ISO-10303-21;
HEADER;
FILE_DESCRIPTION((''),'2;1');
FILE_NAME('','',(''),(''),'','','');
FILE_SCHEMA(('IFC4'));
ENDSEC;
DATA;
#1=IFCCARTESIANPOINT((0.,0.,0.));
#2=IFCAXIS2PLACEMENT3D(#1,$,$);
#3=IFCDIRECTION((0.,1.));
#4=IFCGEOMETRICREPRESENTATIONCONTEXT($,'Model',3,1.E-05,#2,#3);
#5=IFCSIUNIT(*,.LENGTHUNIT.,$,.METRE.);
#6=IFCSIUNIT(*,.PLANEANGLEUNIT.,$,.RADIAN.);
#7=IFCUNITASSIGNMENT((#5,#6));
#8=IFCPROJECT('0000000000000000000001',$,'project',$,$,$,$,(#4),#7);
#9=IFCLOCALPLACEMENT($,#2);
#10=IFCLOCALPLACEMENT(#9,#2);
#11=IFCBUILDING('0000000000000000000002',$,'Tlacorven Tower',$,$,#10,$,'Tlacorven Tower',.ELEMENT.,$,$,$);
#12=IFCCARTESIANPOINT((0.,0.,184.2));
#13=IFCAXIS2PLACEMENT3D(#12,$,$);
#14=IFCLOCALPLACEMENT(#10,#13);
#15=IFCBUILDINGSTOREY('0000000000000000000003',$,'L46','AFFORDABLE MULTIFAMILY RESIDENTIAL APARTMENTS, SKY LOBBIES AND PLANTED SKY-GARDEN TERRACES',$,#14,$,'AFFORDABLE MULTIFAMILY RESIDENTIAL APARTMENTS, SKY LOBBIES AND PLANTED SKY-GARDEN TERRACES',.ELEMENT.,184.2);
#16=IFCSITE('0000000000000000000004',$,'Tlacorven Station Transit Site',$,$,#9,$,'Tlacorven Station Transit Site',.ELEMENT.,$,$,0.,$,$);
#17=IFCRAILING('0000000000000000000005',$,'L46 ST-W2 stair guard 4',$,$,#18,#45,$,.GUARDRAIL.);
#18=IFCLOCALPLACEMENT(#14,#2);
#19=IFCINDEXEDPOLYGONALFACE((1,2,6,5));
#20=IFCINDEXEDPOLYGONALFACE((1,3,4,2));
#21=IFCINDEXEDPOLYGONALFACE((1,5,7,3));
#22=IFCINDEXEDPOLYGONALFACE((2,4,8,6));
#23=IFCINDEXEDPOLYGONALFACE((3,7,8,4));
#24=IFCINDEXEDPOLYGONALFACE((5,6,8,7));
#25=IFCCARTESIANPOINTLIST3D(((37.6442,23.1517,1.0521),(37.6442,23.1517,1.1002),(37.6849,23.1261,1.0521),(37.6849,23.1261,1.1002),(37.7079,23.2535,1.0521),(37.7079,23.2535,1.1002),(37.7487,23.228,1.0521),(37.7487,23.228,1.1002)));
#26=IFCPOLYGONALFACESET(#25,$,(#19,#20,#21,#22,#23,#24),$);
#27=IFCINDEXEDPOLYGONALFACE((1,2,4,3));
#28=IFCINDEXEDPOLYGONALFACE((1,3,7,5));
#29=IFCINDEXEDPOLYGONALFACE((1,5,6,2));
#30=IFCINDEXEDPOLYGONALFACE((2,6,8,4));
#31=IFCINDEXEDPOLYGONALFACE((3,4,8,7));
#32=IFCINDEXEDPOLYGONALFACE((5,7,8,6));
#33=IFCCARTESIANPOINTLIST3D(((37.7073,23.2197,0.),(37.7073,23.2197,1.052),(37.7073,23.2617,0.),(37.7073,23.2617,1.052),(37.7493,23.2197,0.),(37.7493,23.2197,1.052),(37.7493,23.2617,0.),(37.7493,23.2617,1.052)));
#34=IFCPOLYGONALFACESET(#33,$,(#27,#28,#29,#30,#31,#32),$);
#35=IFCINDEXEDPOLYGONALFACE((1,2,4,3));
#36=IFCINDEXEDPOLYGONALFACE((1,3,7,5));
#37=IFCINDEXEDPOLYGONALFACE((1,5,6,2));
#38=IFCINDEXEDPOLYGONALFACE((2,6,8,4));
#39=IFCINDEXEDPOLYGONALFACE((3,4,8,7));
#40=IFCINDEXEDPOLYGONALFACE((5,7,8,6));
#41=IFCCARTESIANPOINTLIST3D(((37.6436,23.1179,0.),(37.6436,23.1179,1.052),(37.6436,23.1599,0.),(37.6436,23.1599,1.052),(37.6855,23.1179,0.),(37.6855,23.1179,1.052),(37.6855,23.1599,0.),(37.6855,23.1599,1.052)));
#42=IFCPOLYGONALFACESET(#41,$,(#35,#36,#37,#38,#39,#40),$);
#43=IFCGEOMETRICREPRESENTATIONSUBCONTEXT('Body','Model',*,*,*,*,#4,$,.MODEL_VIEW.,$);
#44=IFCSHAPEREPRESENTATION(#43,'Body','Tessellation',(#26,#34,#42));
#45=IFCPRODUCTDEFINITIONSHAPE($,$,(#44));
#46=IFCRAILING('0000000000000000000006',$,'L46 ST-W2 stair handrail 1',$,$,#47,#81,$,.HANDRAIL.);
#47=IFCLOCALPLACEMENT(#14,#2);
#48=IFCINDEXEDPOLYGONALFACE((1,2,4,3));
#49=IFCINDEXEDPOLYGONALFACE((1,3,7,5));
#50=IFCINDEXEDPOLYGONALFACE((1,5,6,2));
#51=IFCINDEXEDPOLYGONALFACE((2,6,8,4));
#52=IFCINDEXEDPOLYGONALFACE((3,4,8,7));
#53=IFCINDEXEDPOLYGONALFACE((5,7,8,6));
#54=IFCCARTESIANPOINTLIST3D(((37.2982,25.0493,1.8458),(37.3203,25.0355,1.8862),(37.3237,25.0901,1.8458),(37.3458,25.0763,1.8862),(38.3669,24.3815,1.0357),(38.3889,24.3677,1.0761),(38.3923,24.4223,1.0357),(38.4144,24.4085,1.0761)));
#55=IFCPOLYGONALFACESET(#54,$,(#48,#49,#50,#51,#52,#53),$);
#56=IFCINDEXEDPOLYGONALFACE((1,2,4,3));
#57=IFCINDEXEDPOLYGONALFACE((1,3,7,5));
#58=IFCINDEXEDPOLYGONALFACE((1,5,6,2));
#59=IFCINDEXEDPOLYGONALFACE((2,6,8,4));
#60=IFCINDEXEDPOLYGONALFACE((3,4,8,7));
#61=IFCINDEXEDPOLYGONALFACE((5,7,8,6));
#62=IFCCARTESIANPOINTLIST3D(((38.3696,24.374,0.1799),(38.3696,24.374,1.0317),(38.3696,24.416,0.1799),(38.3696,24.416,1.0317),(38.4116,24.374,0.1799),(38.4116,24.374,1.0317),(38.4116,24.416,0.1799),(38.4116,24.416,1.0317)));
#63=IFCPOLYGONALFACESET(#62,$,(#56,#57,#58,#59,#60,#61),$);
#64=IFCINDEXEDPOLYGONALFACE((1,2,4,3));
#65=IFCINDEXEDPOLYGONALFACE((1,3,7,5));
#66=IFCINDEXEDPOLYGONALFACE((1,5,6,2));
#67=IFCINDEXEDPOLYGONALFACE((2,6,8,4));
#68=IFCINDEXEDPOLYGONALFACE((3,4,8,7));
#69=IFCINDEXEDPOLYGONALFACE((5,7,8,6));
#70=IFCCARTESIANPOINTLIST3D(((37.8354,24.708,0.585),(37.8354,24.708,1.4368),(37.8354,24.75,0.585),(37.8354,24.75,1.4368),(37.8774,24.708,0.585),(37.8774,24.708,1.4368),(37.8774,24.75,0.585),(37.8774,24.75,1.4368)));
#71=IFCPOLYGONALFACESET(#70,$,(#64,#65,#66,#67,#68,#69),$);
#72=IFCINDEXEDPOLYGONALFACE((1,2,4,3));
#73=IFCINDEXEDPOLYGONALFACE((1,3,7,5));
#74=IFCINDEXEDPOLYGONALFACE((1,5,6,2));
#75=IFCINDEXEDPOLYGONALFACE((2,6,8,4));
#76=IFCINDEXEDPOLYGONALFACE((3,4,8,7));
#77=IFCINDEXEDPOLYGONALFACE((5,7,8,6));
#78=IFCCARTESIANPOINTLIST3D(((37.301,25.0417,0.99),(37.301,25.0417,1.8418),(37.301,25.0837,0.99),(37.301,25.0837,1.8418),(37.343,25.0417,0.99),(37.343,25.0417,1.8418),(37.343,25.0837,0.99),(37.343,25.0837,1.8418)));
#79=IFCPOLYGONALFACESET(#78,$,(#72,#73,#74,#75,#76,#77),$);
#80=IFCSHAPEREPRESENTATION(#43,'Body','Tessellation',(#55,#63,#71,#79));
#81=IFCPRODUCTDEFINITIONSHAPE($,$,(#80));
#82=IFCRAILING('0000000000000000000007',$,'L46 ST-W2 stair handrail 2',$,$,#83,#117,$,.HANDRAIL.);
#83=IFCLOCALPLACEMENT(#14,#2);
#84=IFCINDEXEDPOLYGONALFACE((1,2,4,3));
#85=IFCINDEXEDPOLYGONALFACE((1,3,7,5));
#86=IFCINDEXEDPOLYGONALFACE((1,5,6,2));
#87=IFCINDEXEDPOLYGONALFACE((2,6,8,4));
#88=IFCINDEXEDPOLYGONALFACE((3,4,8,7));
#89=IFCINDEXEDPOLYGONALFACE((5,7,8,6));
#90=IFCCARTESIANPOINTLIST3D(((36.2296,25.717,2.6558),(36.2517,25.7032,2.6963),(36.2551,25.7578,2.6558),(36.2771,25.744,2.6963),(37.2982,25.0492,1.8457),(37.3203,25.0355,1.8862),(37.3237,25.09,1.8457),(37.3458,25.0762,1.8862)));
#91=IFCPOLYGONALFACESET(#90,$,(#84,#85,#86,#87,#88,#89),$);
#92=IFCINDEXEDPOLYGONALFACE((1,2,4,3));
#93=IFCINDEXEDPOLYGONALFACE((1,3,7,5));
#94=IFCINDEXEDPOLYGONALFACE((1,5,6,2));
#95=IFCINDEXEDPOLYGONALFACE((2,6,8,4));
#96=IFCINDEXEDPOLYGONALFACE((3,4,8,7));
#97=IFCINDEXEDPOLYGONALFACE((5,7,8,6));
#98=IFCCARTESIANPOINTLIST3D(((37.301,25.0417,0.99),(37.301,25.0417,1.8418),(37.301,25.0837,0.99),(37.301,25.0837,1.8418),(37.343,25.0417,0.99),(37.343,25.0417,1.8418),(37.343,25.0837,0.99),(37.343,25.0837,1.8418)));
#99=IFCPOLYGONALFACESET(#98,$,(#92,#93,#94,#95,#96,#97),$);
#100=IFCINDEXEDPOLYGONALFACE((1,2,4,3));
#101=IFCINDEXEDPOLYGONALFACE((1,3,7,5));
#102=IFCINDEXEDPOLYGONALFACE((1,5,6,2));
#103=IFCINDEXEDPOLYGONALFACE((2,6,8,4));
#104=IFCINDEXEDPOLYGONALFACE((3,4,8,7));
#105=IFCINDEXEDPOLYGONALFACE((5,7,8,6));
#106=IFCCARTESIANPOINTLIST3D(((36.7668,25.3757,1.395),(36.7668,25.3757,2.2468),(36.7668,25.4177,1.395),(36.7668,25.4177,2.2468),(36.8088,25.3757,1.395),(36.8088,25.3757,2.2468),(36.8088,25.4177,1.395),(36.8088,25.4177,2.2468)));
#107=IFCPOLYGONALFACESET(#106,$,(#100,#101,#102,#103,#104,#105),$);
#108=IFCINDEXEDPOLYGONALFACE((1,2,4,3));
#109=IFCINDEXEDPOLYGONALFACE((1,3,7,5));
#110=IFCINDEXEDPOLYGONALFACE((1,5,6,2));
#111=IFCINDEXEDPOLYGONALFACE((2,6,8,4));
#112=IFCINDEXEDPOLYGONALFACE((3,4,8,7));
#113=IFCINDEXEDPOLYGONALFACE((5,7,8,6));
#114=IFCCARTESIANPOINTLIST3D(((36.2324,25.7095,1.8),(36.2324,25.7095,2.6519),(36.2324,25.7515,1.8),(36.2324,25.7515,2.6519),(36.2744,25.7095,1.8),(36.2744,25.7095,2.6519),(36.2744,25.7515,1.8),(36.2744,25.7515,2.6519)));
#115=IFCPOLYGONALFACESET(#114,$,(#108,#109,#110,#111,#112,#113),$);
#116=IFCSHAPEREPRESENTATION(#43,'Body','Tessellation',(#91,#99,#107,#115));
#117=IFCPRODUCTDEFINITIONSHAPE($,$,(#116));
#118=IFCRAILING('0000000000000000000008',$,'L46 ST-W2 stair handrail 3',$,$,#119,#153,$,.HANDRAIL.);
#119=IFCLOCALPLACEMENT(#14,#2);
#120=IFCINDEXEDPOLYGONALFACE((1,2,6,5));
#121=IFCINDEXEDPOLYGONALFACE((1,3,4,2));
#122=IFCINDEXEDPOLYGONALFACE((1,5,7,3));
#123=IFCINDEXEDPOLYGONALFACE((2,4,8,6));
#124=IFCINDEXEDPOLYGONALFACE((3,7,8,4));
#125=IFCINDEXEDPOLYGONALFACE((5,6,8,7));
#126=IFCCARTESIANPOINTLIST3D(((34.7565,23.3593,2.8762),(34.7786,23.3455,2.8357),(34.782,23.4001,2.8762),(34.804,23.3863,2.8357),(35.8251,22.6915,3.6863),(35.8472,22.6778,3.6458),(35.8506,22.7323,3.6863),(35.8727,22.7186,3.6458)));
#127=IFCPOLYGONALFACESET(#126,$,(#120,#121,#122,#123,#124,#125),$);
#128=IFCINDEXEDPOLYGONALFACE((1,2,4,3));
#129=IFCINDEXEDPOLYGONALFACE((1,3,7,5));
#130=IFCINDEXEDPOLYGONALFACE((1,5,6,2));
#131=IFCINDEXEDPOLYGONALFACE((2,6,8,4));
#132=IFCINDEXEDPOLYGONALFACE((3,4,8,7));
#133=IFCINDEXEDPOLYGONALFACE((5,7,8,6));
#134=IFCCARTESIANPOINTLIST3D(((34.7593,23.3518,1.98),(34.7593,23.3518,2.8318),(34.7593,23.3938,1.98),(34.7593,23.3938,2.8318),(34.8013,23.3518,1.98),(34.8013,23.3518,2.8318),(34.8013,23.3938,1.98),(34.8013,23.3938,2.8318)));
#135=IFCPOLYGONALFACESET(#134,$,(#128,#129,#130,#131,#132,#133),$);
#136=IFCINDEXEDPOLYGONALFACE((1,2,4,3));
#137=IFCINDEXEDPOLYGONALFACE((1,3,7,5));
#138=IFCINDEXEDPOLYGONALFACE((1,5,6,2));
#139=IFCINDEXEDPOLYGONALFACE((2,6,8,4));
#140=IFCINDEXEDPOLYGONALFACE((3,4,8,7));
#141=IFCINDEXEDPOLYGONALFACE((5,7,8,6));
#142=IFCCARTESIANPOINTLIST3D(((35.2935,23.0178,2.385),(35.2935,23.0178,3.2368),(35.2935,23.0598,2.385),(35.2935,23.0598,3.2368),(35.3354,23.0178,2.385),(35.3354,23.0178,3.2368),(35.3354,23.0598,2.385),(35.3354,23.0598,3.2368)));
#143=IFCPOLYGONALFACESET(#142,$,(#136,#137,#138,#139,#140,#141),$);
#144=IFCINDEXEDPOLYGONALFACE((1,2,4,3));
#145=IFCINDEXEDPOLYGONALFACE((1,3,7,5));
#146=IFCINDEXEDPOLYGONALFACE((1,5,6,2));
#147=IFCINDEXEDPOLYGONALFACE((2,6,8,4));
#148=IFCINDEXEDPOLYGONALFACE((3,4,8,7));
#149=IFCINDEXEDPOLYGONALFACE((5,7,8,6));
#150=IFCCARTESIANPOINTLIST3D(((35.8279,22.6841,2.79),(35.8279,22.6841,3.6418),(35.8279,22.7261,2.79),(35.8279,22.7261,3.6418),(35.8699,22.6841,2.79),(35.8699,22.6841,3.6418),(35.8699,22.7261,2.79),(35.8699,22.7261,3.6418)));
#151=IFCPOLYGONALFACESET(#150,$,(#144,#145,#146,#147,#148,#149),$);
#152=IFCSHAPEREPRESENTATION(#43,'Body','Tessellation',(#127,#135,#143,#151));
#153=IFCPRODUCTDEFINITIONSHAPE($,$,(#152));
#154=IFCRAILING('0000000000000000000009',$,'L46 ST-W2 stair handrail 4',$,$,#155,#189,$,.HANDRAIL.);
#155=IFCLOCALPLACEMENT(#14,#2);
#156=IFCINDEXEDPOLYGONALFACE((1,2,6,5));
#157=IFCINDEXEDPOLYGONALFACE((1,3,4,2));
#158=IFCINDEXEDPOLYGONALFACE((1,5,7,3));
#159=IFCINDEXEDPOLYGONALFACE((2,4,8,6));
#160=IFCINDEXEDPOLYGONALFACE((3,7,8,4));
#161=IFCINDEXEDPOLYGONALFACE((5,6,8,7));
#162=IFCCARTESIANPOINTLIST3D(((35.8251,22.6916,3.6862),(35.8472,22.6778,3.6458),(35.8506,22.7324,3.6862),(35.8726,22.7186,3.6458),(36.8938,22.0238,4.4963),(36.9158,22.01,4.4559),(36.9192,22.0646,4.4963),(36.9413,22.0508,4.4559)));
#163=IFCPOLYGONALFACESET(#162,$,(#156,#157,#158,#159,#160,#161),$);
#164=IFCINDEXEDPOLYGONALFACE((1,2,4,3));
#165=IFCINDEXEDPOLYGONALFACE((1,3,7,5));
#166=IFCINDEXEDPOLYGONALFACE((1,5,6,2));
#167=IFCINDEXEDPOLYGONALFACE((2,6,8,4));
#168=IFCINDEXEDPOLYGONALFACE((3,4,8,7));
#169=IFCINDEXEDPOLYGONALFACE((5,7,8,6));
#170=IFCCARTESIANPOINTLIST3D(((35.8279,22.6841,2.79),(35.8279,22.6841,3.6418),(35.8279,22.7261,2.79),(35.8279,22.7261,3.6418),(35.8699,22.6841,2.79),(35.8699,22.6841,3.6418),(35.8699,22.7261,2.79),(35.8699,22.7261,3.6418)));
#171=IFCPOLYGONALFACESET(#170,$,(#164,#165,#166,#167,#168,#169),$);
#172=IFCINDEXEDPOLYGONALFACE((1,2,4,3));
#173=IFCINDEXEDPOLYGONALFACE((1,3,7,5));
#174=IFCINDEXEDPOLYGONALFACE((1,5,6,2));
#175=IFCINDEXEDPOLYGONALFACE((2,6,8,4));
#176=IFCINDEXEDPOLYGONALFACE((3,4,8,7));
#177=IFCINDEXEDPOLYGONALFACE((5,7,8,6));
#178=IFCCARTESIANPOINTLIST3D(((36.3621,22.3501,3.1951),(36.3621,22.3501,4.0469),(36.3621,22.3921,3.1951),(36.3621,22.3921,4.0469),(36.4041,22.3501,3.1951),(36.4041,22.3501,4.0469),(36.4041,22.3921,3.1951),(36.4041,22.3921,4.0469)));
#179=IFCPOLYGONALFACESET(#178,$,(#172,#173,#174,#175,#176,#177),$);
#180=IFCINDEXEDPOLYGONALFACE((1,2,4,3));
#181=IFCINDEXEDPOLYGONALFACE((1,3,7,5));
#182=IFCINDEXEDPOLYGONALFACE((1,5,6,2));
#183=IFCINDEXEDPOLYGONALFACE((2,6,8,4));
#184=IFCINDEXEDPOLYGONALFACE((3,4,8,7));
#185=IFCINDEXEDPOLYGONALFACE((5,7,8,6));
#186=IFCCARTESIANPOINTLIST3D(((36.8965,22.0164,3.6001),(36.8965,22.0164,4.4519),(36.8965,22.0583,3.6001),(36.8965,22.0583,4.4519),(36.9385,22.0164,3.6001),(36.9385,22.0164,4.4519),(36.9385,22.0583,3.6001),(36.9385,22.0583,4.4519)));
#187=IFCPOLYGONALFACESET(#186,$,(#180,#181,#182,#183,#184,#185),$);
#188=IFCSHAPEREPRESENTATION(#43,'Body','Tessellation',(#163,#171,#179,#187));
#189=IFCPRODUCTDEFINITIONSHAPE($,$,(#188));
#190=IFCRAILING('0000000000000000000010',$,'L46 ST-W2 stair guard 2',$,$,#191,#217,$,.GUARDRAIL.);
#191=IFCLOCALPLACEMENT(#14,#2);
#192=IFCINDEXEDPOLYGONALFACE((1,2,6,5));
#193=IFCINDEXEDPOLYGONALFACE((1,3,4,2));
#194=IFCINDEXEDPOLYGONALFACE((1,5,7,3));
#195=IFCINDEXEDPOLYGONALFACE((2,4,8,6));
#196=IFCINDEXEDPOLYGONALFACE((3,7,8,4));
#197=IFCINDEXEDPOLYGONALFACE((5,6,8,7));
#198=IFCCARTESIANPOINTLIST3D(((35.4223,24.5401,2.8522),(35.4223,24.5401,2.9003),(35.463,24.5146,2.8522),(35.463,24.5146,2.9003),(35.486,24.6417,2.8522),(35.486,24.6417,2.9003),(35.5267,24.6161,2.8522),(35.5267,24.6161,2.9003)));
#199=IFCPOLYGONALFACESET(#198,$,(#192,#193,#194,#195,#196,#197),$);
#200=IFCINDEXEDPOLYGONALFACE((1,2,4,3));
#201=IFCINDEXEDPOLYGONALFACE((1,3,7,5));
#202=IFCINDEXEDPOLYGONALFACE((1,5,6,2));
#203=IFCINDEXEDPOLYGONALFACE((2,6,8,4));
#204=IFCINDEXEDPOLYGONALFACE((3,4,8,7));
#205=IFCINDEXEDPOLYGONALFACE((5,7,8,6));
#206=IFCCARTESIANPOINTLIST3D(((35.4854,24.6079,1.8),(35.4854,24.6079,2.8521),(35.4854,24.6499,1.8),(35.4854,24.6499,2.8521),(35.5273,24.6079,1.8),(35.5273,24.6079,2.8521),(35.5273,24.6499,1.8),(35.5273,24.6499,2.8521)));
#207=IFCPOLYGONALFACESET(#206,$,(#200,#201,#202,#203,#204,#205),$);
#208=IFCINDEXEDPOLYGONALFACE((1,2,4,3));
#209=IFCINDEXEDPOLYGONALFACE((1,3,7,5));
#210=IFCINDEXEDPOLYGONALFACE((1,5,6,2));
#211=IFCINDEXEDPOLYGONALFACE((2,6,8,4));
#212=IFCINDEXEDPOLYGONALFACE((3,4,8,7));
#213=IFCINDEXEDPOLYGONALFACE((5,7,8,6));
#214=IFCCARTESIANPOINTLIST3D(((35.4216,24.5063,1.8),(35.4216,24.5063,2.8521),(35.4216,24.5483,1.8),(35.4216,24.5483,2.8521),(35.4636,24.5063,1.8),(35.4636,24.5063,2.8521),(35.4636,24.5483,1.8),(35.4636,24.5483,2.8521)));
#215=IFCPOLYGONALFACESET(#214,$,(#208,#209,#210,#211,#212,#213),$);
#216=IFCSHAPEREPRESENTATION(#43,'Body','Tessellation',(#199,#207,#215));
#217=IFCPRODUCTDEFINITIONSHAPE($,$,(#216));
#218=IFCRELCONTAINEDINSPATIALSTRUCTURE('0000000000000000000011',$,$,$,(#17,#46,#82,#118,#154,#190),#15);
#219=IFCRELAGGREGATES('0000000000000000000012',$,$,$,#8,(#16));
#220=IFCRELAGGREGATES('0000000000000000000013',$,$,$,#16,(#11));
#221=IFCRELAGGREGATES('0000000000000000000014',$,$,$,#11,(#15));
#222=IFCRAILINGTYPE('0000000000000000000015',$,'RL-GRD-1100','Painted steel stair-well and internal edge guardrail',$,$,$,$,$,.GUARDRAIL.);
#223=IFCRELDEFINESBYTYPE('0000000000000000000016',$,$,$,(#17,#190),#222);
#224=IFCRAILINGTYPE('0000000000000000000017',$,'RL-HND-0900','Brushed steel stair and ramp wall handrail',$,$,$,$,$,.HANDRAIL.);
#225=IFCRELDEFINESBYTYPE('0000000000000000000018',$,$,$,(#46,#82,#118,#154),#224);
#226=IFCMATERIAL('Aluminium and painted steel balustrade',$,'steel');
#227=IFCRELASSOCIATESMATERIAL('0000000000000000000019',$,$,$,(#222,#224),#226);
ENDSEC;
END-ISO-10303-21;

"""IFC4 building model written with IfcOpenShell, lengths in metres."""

from ifc_helpers import new_model, si_unit, direction, frame, origin, origin_2d, place, context, subcontext, project, spatial, rectangle, extrude, source, transform, mapped, material, type_object, element, save


model = new_model("IFC4")

# Units and contexts
model_context = context("Model", 3, precision=1e-05, world=origin(), true_north=direction((0.0, 1.0)))
body_context = subcontext(model_context, "Body", "Model", "MODEL_VIEW")
ifc_project = project(units=[si_unit("LENGTHUNIT", "METRE"), si_unit("PLANEANGLEUNIT", "RADIAN")], contexts=[model_context])

# Site, building, storey
site_placement = place(None, origin())
site = spatial("IfcSite", under=ifc_project, at=site_placement, Name="Tlacorven Station Transit Site", LongName="Tlacorven Station Transit Site", CompositionType="ELEMENT", RefElevation=0.0)
building_placement = place(site_placement, origin())
building = spatial("IfcBuilding", under=site, at=building_placement, Name="Tlacorven Tower", LongName="Tlacorven Tower", CompositionType="ELEMENT")
storey_placement = place(building_placement, frame((0.0, 0.0, 184.2)))
storey = spatial("IfcBuildingStorey", under=building, at=storey_placement, Name="L46", Description="AFFORDABLE MULTIFAMILY RESIDENTIAL APARTMENTS, SKY LOBBIES AND PLANTED SKY-GARDEN TERRACES", LongName="AFFORDABLE MULTIFAMILY RESIDENTIAL APARTMENTS, SKY LOBBIES AND PLANTED SKY-GARDEN TERRACES", CompositionType="ELEMENT", Elevation=184.2)

# Railings
ifc_material_1 = material(Name="Aluminium and painted steel balustrade", Category="steel")
railing_type_1 = type_object("IfcRailingType", Name="RL-GRD-1100", Description="Painted steel stair-well and internal edge guardrail", PredefinedType="GUARDRAIL", material=ifc_material_1)
shared_shape_1 = source(origin(), body_context, "Body", "SweptSolid", [
    extrude(rectangle(XDim=0.0481, YDim=0.0481, at=origin_2d()), frame((0.0, 0.0, 1.0762), z_axis=(-0.530547, -0.847656, 0.0), x_axis=(0.847656, -0.530547, 0.0)), (0.0, 0.0, 1.0), 0.1201),
    extrude(rectangle(XDim=0.042, YDim=0.042, at=origin_2d()), origin(), (0.0, 0.0, 1.0), 1.052),
    extrude(rectangle(XDim=0.042, YDim=0.042, at=origin_2d()), frame((-0.0637, -0.1018, 0.0)), (0.0, 0.0, 1.0), 1.052),
])
railing_1_placement = place(storey_placement, frame((37.7283, 23.2407, 0.0)))
element("IfcRailing", 1, at=railing_1_placement, inside=storey, type_object=railing_type_1, Name="L46 ST-W2 stair guard 4", PredefinedType="GUARDRAIL", context=body_context, shape_type="MappedRepresentation", body=[
    mapped(shared_shape_1, transform((0.0, 0.0, 0.0), scale=1.0)),
])
railing_type_2 = type_object("IfcRailingType", Name="RL-HND-0900", Description="Brushed steel stair and ramp wall handrail", PredefinedType="HANDRAIL", material=ifc_material_1)
shared_shape_2 = source(origin(), body_context, "Body", "SweptSolid", [
    extrude(rectangle(XDim=0.0481, YDim=0.0481, at=origin_2d()), frame((0.0, 0.0, 0.876), z_axis=(-0.71336, 0.445748, 0.540765), x_axis=(-0.529912, -0.848053, 0.0)), (0.0, 0.0, 1.0), 1.498),
    extrude(rectangle(XDim=0.042, YDim=0.042, at=origin_2d()), origin(), (0.0, 0.0, 1.0), 0.8518),
    extrude(rectangle(XDim=0.042, YDim=0.042, at=origin_2d()), frame((-0.5342, 0.334, 0.405)), (0.0, 0.0, 1.0), 0.8518),
    extrude(rectangle(XDim=0.042, YDim=0.042, at=origin_2d()), frame((-1.0686, 0.6677, 0.8101)), (0.0, 0.0, 1.0), 0.8518),
])
for number, where, name in (
    (2, (38.3906, 24.395, 0.1799), "L46 ST-W2 stair handrail 1"),
    (3, (37.322, 25.0627, 0.99), "L46 ST-W2 stair handrail 2"),
):
    element("IfcRailing", number, at=place(storey_placement, frame(where)), inside=storey, type_object=railing_type_2, Name=name, PredefinedType="HANDRAIL", context=body_context, shape_type="MappedRepresentation", body=[
        mapped(shared_shape_2, transform((0.0, 0.0, 0.0), scale=1.0)),
    ])
shared_shape_3 = source(origin(), body_context, "Body", "SweptSolid", [
    extrude(rectangle(XDim=0.0481, YDim=0.0481, at=origin_2d()), frame((0.0, 0.0, 0.876), z_axis=(0.71336, -0.445748, 0.540765), x_axis=(0.529912, 0.848053, 0.0)), (0.0, 0.0, 1.0), 1.498),
    extrude(rectangle(XDim=0.042, YDim=0.042, at=origin_2d()), origin(), (0.0, 0.0, 1.0), 0.8518),
    extrude(rectangle(XDim=0.042, YDim=0.042, at=origin_2d()), frame((0.5342, -0.334, 0.405)), (0.0, 0.0, 1.0), 0.8518),
    extrude(rectangle(XDim=0.042, YDim=0.042, at=origin_2d()), frame((1.0686, -0.6677, 0.8101)), (0.0, 0.0, 1.0), 0.8518),
])
for number, where, name in (
    (4, (34.7803, 23.3728, 1.98), "L46 ST-W2 stair handrail 3"),
    (5, (35.8489, 22.7051, 2.79), "L46 ST-W2 stair handrail 4"),
):
    element("IfcRailing", number, at=place(storey_placement, frame(where)), inside=storey, type_object=railing_type_2, Name=name, PredefinedType="HANDRAIL", context=body_context, shape_type="MappedRepresentation", body=[
        mapped(shared_shape_3, transform((0.0, 0.0, 0.0), scale=1.0)),
    ])
shared_shape_4 = source(origin(), body_context, "Body", "SweptSolid", [
    extrude(rectangle(XDim=0.0481, YDim=0.0481, at=origin_2d()), frame((0.0, 0.0, 1.0762), z_axis=(-0.531462, -0.847082, 0.0), x_axis=(0.847082, -0.531462, 0.0)), (0.0, 0.0, 1.0), 0.1199),
    extrude(rectangle(XDim=0.042, YDim=0.042, at=origin_2d()), origin(), (0.0, 0.0, 1.0), 1.052),
    extrude(rectangle(XDim=0.042, YDim=0.042, at=origin_2d()), frame((-0.0637, -0.1016, 0.0)), (0.0, 0.0, 1.0), 1.052),
])
railing_2_placement = place(storey_placement, frame((35.5063, 24.6289, 1.8)))
element("IfcRailing", 6, at=railing_2_placement, inside=storey, type_object=railing_type_1, Name="L46 ST-W2 stair guard 2", PredefinedType="GUARDRAIL", context=body_context, shape_type="MappedRepresentation", body=[
    mapped(shared_shape_4, transform((0.0, 0.0, 0.0), scale=1.0)),
])

save(model, "model.ifc")
